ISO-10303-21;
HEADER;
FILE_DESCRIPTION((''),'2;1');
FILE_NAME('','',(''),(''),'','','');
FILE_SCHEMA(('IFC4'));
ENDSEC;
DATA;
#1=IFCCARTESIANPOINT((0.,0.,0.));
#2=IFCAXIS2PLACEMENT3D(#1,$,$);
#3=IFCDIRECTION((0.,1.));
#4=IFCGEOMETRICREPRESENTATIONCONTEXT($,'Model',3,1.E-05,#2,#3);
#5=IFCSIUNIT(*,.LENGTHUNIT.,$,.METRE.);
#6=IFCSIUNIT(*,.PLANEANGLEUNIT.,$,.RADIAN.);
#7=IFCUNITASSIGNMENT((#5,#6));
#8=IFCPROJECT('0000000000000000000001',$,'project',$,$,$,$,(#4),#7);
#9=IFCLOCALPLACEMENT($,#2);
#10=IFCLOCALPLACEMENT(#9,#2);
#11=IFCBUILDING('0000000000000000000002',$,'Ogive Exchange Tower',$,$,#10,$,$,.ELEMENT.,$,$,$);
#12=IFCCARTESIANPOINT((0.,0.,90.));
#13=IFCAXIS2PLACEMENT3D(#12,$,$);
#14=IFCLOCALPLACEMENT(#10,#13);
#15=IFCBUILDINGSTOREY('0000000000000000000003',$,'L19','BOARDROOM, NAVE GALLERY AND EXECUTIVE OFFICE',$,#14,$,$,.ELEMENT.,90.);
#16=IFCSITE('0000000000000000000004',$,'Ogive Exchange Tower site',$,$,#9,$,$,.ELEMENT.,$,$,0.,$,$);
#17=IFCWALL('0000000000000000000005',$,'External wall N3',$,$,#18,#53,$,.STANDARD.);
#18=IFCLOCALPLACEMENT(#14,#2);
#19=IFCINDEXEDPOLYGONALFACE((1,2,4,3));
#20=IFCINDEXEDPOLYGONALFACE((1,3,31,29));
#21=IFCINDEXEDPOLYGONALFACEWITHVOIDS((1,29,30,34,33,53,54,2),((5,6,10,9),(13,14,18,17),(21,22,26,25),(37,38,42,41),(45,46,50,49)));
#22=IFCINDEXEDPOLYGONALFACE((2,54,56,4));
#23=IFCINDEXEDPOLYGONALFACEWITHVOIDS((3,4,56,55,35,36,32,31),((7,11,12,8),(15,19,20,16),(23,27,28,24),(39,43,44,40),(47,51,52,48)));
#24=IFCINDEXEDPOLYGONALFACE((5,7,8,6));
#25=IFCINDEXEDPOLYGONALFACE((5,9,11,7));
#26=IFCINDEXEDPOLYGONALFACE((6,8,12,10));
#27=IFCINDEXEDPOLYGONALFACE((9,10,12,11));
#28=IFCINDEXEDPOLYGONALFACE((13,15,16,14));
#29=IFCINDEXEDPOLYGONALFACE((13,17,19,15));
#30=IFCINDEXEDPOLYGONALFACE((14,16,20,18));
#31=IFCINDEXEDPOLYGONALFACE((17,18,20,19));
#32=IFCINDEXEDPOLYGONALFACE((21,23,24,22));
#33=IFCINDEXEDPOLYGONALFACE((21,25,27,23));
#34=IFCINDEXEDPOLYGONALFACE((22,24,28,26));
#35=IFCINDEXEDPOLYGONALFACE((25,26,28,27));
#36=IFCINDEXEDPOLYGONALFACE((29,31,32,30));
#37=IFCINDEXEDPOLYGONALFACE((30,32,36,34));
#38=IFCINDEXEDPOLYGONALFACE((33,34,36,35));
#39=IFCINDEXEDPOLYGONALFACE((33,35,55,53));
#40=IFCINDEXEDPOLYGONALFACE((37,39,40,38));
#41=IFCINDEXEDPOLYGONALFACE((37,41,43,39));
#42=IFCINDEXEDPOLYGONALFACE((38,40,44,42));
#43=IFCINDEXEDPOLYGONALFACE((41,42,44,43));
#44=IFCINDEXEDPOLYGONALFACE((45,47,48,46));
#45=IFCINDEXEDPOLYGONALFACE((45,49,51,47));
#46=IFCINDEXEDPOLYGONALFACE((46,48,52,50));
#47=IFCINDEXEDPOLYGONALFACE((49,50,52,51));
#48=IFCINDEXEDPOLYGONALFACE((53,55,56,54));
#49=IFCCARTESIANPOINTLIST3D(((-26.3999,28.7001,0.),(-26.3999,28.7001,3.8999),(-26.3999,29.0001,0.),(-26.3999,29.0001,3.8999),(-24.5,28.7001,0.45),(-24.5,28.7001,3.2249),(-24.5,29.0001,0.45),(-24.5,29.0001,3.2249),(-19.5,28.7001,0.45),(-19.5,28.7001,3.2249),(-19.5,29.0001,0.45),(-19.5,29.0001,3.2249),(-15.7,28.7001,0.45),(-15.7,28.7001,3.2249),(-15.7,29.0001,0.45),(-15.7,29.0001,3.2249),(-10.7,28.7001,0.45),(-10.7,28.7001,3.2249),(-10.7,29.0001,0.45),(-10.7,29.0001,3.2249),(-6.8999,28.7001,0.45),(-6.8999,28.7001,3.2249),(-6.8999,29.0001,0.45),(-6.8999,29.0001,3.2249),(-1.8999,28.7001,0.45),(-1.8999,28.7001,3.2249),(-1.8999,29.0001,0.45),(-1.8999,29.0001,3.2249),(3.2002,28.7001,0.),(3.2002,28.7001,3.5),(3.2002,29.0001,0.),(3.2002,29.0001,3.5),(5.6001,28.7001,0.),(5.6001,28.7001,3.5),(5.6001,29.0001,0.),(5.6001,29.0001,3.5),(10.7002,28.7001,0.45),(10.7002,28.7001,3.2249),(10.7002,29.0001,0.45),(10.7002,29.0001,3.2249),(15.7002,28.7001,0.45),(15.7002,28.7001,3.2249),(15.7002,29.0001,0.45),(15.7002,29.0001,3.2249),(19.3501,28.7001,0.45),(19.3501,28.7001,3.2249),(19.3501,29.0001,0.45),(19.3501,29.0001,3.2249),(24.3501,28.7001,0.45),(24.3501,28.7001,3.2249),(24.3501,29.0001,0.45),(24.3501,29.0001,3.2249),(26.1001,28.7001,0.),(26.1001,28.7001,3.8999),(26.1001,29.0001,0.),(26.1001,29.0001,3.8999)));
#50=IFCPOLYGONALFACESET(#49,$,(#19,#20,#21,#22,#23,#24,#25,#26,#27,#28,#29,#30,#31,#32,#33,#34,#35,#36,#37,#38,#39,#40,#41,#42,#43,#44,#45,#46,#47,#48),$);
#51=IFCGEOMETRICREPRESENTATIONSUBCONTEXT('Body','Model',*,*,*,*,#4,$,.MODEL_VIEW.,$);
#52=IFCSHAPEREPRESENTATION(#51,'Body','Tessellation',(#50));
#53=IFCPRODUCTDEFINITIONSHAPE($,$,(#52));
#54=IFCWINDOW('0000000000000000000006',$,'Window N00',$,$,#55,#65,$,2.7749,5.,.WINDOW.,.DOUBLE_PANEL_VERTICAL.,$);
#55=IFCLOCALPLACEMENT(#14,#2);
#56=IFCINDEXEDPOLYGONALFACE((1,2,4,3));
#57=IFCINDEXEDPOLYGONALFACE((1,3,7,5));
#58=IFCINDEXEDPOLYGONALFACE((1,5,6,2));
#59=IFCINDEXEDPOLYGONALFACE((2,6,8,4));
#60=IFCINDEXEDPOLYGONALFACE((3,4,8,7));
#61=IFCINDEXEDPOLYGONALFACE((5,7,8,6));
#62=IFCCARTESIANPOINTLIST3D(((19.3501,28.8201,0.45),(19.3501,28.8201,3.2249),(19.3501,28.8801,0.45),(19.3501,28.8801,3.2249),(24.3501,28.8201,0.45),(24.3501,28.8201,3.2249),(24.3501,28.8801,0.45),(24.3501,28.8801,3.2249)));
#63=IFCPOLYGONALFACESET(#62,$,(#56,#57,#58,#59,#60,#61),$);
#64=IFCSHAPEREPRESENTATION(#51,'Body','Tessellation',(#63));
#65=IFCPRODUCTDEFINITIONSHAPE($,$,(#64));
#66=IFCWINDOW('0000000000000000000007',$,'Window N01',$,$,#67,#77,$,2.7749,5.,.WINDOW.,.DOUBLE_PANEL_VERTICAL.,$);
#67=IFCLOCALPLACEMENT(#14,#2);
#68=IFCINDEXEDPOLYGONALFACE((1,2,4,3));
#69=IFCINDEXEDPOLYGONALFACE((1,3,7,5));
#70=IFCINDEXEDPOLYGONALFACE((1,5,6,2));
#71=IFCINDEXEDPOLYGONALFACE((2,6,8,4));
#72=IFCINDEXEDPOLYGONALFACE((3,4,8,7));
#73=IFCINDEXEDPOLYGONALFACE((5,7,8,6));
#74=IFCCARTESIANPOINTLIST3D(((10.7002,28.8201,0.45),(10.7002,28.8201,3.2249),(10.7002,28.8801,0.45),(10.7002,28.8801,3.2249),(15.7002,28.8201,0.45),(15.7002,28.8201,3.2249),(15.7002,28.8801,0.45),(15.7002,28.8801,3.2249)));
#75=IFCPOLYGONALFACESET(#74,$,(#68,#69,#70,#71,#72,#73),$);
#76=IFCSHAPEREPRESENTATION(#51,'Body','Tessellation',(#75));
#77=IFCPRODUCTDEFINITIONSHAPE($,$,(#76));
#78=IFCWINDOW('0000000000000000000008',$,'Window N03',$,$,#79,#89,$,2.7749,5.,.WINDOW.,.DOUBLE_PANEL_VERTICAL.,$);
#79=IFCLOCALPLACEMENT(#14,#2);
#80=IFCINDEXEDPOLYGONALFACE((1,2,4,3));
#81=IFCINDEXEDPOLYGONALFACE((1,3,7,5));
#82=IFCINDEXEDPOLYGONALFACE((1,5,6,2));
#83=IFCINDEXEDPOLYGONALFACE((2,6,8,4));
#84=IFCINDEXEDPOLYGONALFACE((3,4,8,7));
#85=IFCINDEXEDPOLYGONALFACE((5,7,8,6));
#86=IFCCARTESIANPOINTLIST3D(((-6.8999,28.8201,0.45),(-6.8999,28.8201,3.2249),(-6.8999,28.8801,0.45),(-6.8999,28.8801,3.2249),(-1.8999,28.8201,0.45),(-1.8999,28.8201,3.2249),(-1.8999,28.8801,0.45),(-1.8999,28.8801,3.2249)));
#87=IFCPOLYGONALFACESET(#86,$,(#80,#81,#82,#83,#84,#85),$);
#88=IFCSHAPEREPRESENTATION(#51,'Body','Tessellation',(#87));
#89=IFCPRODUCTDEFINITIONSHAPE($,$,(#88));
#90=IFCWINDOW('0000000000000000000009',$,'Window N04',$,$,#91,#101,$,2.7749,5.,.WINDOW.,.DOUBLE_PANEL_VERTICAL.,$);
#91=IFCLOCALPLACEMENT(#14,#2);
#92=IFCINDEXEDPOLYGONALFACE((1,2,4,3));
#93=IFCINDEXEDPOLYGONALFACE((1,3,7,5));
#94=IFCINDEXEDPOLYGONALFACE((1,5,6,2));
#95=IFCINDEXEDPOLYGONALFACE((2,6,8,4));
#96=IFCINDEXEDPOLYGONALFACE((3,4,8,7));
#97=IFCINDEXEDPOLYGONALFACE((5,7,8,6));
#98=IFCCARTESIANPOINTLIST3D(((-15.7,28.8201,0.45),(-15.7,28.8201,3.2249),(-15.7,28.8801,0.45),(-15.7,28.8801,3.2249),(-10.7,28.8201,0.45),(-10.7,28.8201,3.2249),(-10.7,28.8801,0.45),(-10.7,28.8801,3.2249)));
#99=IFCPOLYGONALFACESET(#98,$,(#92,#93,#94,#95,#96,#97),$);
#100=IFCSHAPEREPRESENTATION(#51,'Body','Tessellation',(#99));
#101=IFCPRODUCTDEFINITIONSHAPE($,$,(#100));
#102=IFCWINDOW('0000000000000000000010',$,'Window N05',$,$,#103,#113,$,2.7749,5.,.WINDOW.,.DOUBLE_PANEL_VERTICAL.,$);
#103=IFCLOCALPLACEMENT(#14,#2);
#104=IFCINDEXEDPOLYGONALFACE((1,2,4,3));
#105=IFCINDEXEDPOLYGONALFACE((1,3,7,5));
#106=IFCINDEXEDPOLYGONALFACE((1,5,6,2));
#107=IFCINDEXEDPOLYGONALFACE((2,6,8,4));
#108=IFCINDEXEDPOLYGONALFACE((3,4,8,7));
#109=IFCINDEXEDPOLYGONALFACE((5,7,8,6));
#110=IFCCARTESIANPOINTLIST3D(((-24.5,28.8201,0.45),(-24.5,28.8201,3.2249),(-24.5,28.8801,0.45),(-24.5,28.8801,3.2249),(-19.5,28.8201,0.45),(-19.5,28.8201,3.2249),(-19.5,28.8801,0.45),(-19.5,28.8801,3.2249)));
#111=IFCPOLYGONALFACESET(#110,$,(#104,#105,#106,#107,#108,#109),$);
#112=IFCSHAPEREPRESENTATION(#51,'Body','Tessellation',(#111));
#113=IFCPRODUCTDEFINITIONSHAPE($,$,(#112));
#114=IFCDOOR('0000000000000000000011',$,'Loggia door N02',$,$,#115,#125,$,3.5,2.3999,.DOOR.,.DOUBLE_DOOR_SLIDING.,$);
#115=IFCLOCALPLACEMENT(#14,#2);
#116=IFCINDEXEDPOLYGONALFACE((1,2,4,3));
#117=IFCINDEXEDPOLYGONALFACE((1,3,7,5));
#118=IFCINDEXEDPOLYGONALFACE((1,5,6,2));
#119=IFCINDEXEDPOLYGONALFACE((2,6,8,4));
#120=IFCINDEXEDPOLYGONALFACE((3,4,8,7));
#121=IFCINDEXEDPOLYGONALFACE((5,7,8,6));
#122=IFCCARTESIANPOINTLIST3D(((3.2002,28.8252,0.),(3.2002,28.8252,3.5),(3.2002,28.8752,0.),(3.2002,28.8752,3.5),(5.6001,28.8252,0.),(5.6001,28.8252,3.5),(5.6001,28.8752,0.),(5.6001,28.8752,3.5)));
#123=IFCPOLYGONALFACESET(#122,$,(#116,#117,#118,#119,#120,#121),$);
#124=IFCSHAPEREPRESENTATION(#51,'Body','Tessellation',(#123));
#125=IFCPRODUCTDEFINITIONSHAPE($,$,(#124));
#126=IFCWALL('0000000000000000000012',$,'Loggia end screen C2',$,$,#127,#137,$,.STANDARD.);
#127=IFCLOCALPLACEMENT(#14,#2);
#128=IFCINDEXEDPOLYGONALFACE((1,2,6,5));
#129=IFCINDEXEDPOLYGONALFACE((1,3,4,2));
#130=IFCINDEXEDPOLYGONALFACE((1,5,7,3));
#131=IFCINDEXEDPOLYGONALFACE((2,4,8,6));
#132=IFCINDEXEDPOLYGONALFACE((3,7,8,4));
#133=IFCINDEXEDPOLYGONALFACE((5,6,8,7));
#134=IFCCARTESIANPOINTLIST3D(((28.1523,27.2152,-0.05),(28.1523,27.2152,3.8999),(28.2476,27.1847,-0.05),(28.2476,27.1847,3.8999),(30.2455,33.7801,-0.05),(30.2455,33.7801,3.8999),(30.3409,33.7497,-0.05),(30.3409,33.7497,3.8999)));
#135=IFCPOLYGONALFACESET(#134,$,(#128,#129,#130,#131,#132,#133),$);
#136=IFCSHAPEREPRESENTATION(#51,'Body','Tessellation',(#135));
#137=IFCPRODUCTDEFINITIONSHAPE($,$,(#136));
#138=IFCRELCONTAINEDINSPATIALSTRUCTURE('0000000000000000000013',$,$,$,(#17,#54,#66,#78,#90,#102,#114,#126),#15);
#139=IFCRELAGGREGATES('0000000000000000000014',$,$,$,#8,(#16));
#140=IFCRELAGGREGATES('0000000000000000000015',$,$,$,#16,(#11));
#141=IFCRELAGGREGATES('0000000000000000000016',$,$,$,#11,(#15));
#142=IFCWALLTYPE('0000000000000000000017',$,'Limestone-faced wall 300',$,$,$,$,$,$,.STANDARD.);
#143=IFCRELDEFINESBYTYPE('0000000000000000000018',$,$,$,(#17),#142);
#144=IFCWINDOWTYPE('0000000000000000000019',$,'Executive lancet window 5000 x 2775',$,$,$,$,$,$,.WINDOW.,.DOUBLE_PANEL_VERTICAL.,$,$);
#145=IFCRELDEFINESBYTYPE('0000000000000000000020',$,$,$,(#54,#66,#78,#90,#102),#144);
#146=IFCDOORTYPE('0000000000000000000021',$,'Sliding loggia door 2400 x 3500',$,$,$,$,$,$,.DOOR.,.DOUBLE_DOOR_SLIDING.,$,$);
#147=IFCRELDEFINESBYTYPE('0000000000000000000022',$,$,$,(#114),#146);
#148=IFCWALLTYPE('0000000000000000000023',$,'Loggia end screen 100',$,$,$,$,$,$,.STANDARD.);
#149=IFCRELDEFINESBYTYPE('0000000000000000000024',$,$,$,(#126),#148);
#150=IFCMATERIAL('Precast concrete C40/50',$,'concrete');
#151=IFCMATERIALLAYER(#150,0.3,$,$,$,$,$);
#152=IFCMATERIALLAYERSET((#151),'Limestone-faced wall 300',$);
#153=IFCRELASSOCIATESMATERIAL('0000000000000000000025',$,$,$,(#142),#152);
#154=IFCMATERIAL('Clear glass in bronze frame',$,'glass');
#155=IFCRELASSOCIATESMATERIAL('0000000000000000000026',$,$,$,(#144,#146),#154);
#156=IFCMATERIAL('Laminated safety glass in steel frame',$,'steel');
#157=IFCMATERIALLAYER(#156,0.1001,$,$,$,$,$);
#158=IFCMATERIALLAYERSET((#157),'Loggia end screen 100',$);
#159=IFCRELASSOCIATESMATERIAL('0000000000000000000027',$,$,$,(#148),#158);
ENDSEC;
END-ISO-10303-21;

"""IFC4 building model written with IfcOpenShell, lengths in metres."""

from ifc_helpers import new_model, si_unit, direction, frame, frame_2d, origin, place, context, subcontext, project, spatial, rectangle, extrude, material, layer, layer_set, type_object, element, fill, save


model = new_model("IFC4")

# Units and contexts
model_context = context("Model", 3, precision=1e-05, world=origin(), true_north=direction((0.0, 1.0)))
body_context = subcontext(model_context, "Body", "Model", "MODEL_VIEW")
ifc_project = project(units=[si_unit("LENGTHUNIT", "METRE"), si_unit("PLANEANGLEUNIT", "RADIAN")], contexts=[model_context])

# Site, building, storey
site_placement = place(None, origin())
site = spatial("IfcSite", under=ifc_project, at=site_placement, Name="Ogive Exchange Tower site", CompositionType="ELEMENT", RefElevation=0.0)
building_placement = place(site_placement, origin())
building = spatial("IfcBuilding", under=site, at=building_placement, Name="Ogive Exchange Tower", CompositionType="ELEMENT")
storey_placement = place(building_placement, frame((0.0, 0.0, 90.0)))
storey = spatial("IfcBuildingStorey", under=building, at=storey_placement, Name="L19", Description="BOARDROOM, NAVE GALLERY AND EXECUTIVE OFFICE", CompositionType="ELEMENT", Elevation=90.0)

# Wall, openings, windows, door
ifc_material_1 = material(Name="Precast concrete C40/50", Category="concrete")
ifc_layer_1 = layer(ifc_material_1, 0.3)
ifc_layer_set_1 = layer_set([ifc_layer_1], Name="Limestone-faced wall 300")
wall_type_1 = type_object("IfcWallType", Name="Limestone-faced wall 300", PredefinedType="STANDARD", material=ifc_layer_set_1)
wall_1_placement = place(storey_placement, frame((26.1001, 28.8501, 0.0), z_axis=(0.0, 0.0, 1.0), x_axis=(-1.0, 0.0, 0.0)))
wall_1 = element("IfcWall", 1, at=wall_1_placement, inside=storey, type_object=wall_type_1, Name="External wall N3", PredefinedType="STANDARD", context=body_context, shape_type="SweptSolid", body=[
    extrude(rectangle(XDim=52.5, YDim=0.3, at=frame_2d((26.25, 0.0))), origin(), (0.0, 0.0, 1.0), 3.8999),
])
opening_1_placement = place(wall_1_placement, frame((1.75, 0.0, 0.45)))
opening_1 = element("IfcOpeningElement", 2, at=opening_1_placement, cuts=wall_1, PredefinedType="OPENING", context=body_context, shape_type="SweptSolid", body=[
    extrude(rectangle(XDim=5.0, YDim=2.7749, at=frame_2d((2.5, 1.3875))), frame((0.0, 0.1599, 0.0), z_axis=(0.0, -1.0, 0.0), x_axis=(1.0, 0.0, 0.0)), (0.0, 0.0, 1.0), 0.3201),
])
opening_2_placement = place(wall_1_placement, frame((10.3999, 0.0, 0.45)))
opening_2 = element("IfcOpeningElement", 3, at=opening_2_placement, cuts=wall_1, PredefinedType="OPENING", context=body_context, shape_type="SweptSolid", body=[
    extrude(rectangle(XDim=5.0, YDim=2.7749, at=frame_2d((2.5, 1.3875))), frame((0.0, 0.1599, 0.0), z_axis=(0.0, -1.0, 0.0), x_axis=(1.0, 0.0, 0.0)), (0.0, 0.0, 1.0), 0.3201),
])
opening_3_placement = place(wall_1_placement, frame((20.5, 0.0, 0.0)))
opening_3 = element("IfcOpeningElement", 4, at=opening_3_placement, cuts=wall_1, PredefinedType="OPENING", context=body_context, shape_type="SweptSolid", body=[
    extrude(rectangle(XDim=2.3999, YDim=3.5, at=frame_2d((1.2, 1.75))), frame((0.0, 0.1599, 0.0), z_axis=(0.0, -1.0, 0.0), x_axis=(1.0, 0.0, 0.0)), (0.0, 0.0, 1.0), 0.3201),
])
opening_4_placement = place(wall_1_placement, frame((28.0, 0.0, 0.45)))
opening_4 = element("IfcOpeningElement", 5, at=opening_4_placement, cuts=wall_1, PredefinedType="OPENING", context=body_context, shape_type="SweptSolid", body=[
    extrude(rectangle(XDim=5.0, YDim=2.7749, at=frame_2d((2.5, 1.3875))), frame((0.0, 0.1599, 0.0), z_axis=(0.0, -1.0, 0.0), x_axis=(1.0, 0.0, 0.0)), (0.0, 0.0, 1.0), 0.3201),
])
opening_5_placement = place(wall_1_placement, frame((36.8, 0.0, 0.45)))
opening_5 = element("IfcOpeningElement", 6, at=opening_5_placement, cuts=wall_1, PredefinedType="OPENING", context=body_context, shape_type="SweptSolid", body=[
    extrude(rectangle(XDim=5.0, YDim=2.7749, at=frame_2d((2.5, 1.3875))), frame((0.0, 0.1599, 0.0), z_axis=(0.0, -1.0, 0.0), x_axis=(1.0, 0.0, 0.0)), (0.0, 0.0, 1.0), 0.3201),
])
opening_6_placement = place(wall_1_placement, frame((45.6001, 0.0, 0.45)))
opening_6 = element("IfcOpeningElement", 7, at=opening_6_placement, cuts=wall_1, PredefinedType="OPENING", context=body_context, shape_type="SweptSolid", body=[
    extrude(rectangle(XDim=5.0, YDim=2.7749, at=frame_2d((2.5, 1.3875))), frame((0.0, 0.1599, 0.0), z_axis=(0.0, -1.0, 0.0), x_axis=(1.0, 0.0, 0.0)), (0.0, 0.0, 1.0), 0.3201),
])
ifc_material_2 = material(Name="Clear glass in bronze frame", Category="glass")
window_type = type_object("IfcWindowType", Name="Executive lancet window 5000 x 2775", PartitioningType="DOUBLE_PANEL_VERTICAL", PredefinedType="WINDOW", material=ifc_material_2)
window_1_placement = place(opening_1_placement, origin())
window_1 = element("IfcWindow", 8, at=window_1_placement, inside=storey, type_object=window_type, Name="Window N00", OverallHeight=2.7749, OverallWidth=5.0, PartitioningType="DOUBLE_PANEL_VERTICAL", PredefinedType="WINDOW", context=body_context, shape_type="SweptSolid", body=[
    extrude(rectangle(XDim=5.0, YDim=2.7749, at=frame_2d((2.5, 1.3875))), frame((0.0, 0.03, 0.0), z_axis=(0.0, -1.0, 0.0), x_axis=(1.0, 0.0, 0.0)), (0.0, 0.0, 1.0), 0.0601),
])
fill(opening_1, window_1)
window_2_placement = place(opening_2_placement, origin())
window_2 = element("IfcWindow", 9, at=window_2_placement, inside=storey, type_object=window_type, Name="Window N01", OverallHeight=2.7749, OverallWidth=5.0, PartitioningType="DOUBLE_PANEL_VERTICAL", PredefinedType="WINDOW", context=body_context, shape_type="SweptSolid", body=[
    extrude(rectangle(XDim=5.0, YDim=2.7749, at=frame_2d((2.5, 1.3875))), frame((0.0, 0.03, 0.0), z_axis=(0.0, -1.0, 0.0), x_axis=(1.0, 0.0, 0.0)), (0.0, 0.0, 1.0), 0.0601),
])
fill(opening_2, window_2)
window_3_placement = place(opening_4_placement, origin())
window_3 = element("IfcWindow", 10, at=window_3_placement, inside=storey, type_object=window_type, Name="Window N03", OverallHeight=2.7749, OverallWidth=5.0, PartitioningType="DOUBLE_PANEL_VERTICAL", PredefinedType="WINDOW", context=body_context, shape_type="SweptSolid", body=[
    extrude(rectangle(XDim=5.0, YDim=2.7749, at=frame_2d((2.5, 1.3875))), frame((0.0, 0.03, 0.0), z_axis=(0.0, -1.0, 0.0), x_axis=(1.0, 0.0, 0.0)), (0.0, 0.0, 1.0), 0.0601),
])
fill(opening_4, window_3)
window_4_placement = place(opening_5_placement, origin())
window_4 = element("IfcWindow", 11, at=window_4_placement, inside=storey, type_object=window_type, Name="Window N04", OverallHeight=2.7749, OverallWidth=5.0, PartitioningType="DOUBLE_PANEL_VERTICAL", PredefinedType="WINDOW", context=body_context, shape_type="SweptSolid", body=[
    extrude(rectangle(XDim=5.0, YDim=2.7749, at=frame_2d((2.5, 1.3875))), frame((0.0, 0.03, 0.0), z_axis=(0.0, -1.0, 0.0), x_axis=(1.0, 0.0, 0.0)), (0.0, 0.0, 1.0), 0.0601),
])
fill(opening_5, window_4)
window_5_placement = place(opening_6_placement, origin())
window_5 = element("IfcWindow", 12, at=window_5_placement, inside=storey, type_object=window_type, Name="Window N05", OverallHeight=2.7749, OverallWidth=5.0, PartitioningType="DOUBLE_PANEL_VERTICAL", PredefinedType="WINDOW", context=body_context, shape_type="SweptSolid", body=[
    extrude(rectangle(XDim=5.0, YDim=2.7749, at=frame_2d((2.5, 1.3875))), frame((0.0, 0.03, 0.0), z_axis=(0.0, -1.0, 0.0), x_axis=(1.0, 0.0, 0.0)), (0.0, 0.0, 1.0), 0.0601),
])
fill(opening_6, window_5)
door_type_1 = type_object("IfcDoorType", Name="Sliding loggia door 2400 x 3500", OperationType="DOUBLE_DOOR_SLIDING", PredefinedType="DOOR", material=ifc_material_2)
door_1_placement = place(opening_3_placement, origin())
door_1 = element("IfcDoor", 13, at=door_1_placement, inside=storey, type_object=door_type_1, Name="Loggia door N02", OperationType="DOUBLE_DOOR_SLIDING", OverallHeight=3.5, OverallWidth=2.3999, PredefinedType="DOOR", context=body_context, shape_type="SweptSolid", body=[
    extrude(rectangle(XDim=2.3999, YDim=3.5, at=frame_2d((1.2, 1.75))), frame((0.0, 0.0249, 0.0), z_axis=(0.0, -1.0, 0.0), x_axis=(1.0, 0.0, 0.0)), (0.0, 0.0, 1.0), 0.05),
])
fill(opening_3, door_1)

# Wall
ifc_material_3 = material(Name="Laminated safety glass in steel frame", Category="steel")
ifc_layer_2 = layer(ifc_material_3, 0.1001)
ifc_layer_set_2 = layer_set([ifc_layer_2], Name="Loggia end screen 100")
wall_type_2 = type_object("IfcWallType", Name="Loggia end screen 100", PredefinedType="STANDARD", material=ifc_layer_set_2)
wall_2_placement = place(storey_placement, frame((28.2, 27.2, -0.05), z_axis=(0.0, 0.0, 1.0), x_axis=(0.303786, 0.95274, 0.0)))
element("IfcWall", 14, at=wall_2_placement, inside=storey, type_object=wall_type_2, Name="Loggia end screen C2", PredefinedType="STANDARD", context=body_context, shape_type="SweptSolid", body=[
    extrude(rectangle(XDim=6.8906, YDim=0.1001, at=frame_2d((3.4453, 0.0))), origin(), (0.0, 0.0, 1.0), 3.95),
])

save(model, "model.ifc")
